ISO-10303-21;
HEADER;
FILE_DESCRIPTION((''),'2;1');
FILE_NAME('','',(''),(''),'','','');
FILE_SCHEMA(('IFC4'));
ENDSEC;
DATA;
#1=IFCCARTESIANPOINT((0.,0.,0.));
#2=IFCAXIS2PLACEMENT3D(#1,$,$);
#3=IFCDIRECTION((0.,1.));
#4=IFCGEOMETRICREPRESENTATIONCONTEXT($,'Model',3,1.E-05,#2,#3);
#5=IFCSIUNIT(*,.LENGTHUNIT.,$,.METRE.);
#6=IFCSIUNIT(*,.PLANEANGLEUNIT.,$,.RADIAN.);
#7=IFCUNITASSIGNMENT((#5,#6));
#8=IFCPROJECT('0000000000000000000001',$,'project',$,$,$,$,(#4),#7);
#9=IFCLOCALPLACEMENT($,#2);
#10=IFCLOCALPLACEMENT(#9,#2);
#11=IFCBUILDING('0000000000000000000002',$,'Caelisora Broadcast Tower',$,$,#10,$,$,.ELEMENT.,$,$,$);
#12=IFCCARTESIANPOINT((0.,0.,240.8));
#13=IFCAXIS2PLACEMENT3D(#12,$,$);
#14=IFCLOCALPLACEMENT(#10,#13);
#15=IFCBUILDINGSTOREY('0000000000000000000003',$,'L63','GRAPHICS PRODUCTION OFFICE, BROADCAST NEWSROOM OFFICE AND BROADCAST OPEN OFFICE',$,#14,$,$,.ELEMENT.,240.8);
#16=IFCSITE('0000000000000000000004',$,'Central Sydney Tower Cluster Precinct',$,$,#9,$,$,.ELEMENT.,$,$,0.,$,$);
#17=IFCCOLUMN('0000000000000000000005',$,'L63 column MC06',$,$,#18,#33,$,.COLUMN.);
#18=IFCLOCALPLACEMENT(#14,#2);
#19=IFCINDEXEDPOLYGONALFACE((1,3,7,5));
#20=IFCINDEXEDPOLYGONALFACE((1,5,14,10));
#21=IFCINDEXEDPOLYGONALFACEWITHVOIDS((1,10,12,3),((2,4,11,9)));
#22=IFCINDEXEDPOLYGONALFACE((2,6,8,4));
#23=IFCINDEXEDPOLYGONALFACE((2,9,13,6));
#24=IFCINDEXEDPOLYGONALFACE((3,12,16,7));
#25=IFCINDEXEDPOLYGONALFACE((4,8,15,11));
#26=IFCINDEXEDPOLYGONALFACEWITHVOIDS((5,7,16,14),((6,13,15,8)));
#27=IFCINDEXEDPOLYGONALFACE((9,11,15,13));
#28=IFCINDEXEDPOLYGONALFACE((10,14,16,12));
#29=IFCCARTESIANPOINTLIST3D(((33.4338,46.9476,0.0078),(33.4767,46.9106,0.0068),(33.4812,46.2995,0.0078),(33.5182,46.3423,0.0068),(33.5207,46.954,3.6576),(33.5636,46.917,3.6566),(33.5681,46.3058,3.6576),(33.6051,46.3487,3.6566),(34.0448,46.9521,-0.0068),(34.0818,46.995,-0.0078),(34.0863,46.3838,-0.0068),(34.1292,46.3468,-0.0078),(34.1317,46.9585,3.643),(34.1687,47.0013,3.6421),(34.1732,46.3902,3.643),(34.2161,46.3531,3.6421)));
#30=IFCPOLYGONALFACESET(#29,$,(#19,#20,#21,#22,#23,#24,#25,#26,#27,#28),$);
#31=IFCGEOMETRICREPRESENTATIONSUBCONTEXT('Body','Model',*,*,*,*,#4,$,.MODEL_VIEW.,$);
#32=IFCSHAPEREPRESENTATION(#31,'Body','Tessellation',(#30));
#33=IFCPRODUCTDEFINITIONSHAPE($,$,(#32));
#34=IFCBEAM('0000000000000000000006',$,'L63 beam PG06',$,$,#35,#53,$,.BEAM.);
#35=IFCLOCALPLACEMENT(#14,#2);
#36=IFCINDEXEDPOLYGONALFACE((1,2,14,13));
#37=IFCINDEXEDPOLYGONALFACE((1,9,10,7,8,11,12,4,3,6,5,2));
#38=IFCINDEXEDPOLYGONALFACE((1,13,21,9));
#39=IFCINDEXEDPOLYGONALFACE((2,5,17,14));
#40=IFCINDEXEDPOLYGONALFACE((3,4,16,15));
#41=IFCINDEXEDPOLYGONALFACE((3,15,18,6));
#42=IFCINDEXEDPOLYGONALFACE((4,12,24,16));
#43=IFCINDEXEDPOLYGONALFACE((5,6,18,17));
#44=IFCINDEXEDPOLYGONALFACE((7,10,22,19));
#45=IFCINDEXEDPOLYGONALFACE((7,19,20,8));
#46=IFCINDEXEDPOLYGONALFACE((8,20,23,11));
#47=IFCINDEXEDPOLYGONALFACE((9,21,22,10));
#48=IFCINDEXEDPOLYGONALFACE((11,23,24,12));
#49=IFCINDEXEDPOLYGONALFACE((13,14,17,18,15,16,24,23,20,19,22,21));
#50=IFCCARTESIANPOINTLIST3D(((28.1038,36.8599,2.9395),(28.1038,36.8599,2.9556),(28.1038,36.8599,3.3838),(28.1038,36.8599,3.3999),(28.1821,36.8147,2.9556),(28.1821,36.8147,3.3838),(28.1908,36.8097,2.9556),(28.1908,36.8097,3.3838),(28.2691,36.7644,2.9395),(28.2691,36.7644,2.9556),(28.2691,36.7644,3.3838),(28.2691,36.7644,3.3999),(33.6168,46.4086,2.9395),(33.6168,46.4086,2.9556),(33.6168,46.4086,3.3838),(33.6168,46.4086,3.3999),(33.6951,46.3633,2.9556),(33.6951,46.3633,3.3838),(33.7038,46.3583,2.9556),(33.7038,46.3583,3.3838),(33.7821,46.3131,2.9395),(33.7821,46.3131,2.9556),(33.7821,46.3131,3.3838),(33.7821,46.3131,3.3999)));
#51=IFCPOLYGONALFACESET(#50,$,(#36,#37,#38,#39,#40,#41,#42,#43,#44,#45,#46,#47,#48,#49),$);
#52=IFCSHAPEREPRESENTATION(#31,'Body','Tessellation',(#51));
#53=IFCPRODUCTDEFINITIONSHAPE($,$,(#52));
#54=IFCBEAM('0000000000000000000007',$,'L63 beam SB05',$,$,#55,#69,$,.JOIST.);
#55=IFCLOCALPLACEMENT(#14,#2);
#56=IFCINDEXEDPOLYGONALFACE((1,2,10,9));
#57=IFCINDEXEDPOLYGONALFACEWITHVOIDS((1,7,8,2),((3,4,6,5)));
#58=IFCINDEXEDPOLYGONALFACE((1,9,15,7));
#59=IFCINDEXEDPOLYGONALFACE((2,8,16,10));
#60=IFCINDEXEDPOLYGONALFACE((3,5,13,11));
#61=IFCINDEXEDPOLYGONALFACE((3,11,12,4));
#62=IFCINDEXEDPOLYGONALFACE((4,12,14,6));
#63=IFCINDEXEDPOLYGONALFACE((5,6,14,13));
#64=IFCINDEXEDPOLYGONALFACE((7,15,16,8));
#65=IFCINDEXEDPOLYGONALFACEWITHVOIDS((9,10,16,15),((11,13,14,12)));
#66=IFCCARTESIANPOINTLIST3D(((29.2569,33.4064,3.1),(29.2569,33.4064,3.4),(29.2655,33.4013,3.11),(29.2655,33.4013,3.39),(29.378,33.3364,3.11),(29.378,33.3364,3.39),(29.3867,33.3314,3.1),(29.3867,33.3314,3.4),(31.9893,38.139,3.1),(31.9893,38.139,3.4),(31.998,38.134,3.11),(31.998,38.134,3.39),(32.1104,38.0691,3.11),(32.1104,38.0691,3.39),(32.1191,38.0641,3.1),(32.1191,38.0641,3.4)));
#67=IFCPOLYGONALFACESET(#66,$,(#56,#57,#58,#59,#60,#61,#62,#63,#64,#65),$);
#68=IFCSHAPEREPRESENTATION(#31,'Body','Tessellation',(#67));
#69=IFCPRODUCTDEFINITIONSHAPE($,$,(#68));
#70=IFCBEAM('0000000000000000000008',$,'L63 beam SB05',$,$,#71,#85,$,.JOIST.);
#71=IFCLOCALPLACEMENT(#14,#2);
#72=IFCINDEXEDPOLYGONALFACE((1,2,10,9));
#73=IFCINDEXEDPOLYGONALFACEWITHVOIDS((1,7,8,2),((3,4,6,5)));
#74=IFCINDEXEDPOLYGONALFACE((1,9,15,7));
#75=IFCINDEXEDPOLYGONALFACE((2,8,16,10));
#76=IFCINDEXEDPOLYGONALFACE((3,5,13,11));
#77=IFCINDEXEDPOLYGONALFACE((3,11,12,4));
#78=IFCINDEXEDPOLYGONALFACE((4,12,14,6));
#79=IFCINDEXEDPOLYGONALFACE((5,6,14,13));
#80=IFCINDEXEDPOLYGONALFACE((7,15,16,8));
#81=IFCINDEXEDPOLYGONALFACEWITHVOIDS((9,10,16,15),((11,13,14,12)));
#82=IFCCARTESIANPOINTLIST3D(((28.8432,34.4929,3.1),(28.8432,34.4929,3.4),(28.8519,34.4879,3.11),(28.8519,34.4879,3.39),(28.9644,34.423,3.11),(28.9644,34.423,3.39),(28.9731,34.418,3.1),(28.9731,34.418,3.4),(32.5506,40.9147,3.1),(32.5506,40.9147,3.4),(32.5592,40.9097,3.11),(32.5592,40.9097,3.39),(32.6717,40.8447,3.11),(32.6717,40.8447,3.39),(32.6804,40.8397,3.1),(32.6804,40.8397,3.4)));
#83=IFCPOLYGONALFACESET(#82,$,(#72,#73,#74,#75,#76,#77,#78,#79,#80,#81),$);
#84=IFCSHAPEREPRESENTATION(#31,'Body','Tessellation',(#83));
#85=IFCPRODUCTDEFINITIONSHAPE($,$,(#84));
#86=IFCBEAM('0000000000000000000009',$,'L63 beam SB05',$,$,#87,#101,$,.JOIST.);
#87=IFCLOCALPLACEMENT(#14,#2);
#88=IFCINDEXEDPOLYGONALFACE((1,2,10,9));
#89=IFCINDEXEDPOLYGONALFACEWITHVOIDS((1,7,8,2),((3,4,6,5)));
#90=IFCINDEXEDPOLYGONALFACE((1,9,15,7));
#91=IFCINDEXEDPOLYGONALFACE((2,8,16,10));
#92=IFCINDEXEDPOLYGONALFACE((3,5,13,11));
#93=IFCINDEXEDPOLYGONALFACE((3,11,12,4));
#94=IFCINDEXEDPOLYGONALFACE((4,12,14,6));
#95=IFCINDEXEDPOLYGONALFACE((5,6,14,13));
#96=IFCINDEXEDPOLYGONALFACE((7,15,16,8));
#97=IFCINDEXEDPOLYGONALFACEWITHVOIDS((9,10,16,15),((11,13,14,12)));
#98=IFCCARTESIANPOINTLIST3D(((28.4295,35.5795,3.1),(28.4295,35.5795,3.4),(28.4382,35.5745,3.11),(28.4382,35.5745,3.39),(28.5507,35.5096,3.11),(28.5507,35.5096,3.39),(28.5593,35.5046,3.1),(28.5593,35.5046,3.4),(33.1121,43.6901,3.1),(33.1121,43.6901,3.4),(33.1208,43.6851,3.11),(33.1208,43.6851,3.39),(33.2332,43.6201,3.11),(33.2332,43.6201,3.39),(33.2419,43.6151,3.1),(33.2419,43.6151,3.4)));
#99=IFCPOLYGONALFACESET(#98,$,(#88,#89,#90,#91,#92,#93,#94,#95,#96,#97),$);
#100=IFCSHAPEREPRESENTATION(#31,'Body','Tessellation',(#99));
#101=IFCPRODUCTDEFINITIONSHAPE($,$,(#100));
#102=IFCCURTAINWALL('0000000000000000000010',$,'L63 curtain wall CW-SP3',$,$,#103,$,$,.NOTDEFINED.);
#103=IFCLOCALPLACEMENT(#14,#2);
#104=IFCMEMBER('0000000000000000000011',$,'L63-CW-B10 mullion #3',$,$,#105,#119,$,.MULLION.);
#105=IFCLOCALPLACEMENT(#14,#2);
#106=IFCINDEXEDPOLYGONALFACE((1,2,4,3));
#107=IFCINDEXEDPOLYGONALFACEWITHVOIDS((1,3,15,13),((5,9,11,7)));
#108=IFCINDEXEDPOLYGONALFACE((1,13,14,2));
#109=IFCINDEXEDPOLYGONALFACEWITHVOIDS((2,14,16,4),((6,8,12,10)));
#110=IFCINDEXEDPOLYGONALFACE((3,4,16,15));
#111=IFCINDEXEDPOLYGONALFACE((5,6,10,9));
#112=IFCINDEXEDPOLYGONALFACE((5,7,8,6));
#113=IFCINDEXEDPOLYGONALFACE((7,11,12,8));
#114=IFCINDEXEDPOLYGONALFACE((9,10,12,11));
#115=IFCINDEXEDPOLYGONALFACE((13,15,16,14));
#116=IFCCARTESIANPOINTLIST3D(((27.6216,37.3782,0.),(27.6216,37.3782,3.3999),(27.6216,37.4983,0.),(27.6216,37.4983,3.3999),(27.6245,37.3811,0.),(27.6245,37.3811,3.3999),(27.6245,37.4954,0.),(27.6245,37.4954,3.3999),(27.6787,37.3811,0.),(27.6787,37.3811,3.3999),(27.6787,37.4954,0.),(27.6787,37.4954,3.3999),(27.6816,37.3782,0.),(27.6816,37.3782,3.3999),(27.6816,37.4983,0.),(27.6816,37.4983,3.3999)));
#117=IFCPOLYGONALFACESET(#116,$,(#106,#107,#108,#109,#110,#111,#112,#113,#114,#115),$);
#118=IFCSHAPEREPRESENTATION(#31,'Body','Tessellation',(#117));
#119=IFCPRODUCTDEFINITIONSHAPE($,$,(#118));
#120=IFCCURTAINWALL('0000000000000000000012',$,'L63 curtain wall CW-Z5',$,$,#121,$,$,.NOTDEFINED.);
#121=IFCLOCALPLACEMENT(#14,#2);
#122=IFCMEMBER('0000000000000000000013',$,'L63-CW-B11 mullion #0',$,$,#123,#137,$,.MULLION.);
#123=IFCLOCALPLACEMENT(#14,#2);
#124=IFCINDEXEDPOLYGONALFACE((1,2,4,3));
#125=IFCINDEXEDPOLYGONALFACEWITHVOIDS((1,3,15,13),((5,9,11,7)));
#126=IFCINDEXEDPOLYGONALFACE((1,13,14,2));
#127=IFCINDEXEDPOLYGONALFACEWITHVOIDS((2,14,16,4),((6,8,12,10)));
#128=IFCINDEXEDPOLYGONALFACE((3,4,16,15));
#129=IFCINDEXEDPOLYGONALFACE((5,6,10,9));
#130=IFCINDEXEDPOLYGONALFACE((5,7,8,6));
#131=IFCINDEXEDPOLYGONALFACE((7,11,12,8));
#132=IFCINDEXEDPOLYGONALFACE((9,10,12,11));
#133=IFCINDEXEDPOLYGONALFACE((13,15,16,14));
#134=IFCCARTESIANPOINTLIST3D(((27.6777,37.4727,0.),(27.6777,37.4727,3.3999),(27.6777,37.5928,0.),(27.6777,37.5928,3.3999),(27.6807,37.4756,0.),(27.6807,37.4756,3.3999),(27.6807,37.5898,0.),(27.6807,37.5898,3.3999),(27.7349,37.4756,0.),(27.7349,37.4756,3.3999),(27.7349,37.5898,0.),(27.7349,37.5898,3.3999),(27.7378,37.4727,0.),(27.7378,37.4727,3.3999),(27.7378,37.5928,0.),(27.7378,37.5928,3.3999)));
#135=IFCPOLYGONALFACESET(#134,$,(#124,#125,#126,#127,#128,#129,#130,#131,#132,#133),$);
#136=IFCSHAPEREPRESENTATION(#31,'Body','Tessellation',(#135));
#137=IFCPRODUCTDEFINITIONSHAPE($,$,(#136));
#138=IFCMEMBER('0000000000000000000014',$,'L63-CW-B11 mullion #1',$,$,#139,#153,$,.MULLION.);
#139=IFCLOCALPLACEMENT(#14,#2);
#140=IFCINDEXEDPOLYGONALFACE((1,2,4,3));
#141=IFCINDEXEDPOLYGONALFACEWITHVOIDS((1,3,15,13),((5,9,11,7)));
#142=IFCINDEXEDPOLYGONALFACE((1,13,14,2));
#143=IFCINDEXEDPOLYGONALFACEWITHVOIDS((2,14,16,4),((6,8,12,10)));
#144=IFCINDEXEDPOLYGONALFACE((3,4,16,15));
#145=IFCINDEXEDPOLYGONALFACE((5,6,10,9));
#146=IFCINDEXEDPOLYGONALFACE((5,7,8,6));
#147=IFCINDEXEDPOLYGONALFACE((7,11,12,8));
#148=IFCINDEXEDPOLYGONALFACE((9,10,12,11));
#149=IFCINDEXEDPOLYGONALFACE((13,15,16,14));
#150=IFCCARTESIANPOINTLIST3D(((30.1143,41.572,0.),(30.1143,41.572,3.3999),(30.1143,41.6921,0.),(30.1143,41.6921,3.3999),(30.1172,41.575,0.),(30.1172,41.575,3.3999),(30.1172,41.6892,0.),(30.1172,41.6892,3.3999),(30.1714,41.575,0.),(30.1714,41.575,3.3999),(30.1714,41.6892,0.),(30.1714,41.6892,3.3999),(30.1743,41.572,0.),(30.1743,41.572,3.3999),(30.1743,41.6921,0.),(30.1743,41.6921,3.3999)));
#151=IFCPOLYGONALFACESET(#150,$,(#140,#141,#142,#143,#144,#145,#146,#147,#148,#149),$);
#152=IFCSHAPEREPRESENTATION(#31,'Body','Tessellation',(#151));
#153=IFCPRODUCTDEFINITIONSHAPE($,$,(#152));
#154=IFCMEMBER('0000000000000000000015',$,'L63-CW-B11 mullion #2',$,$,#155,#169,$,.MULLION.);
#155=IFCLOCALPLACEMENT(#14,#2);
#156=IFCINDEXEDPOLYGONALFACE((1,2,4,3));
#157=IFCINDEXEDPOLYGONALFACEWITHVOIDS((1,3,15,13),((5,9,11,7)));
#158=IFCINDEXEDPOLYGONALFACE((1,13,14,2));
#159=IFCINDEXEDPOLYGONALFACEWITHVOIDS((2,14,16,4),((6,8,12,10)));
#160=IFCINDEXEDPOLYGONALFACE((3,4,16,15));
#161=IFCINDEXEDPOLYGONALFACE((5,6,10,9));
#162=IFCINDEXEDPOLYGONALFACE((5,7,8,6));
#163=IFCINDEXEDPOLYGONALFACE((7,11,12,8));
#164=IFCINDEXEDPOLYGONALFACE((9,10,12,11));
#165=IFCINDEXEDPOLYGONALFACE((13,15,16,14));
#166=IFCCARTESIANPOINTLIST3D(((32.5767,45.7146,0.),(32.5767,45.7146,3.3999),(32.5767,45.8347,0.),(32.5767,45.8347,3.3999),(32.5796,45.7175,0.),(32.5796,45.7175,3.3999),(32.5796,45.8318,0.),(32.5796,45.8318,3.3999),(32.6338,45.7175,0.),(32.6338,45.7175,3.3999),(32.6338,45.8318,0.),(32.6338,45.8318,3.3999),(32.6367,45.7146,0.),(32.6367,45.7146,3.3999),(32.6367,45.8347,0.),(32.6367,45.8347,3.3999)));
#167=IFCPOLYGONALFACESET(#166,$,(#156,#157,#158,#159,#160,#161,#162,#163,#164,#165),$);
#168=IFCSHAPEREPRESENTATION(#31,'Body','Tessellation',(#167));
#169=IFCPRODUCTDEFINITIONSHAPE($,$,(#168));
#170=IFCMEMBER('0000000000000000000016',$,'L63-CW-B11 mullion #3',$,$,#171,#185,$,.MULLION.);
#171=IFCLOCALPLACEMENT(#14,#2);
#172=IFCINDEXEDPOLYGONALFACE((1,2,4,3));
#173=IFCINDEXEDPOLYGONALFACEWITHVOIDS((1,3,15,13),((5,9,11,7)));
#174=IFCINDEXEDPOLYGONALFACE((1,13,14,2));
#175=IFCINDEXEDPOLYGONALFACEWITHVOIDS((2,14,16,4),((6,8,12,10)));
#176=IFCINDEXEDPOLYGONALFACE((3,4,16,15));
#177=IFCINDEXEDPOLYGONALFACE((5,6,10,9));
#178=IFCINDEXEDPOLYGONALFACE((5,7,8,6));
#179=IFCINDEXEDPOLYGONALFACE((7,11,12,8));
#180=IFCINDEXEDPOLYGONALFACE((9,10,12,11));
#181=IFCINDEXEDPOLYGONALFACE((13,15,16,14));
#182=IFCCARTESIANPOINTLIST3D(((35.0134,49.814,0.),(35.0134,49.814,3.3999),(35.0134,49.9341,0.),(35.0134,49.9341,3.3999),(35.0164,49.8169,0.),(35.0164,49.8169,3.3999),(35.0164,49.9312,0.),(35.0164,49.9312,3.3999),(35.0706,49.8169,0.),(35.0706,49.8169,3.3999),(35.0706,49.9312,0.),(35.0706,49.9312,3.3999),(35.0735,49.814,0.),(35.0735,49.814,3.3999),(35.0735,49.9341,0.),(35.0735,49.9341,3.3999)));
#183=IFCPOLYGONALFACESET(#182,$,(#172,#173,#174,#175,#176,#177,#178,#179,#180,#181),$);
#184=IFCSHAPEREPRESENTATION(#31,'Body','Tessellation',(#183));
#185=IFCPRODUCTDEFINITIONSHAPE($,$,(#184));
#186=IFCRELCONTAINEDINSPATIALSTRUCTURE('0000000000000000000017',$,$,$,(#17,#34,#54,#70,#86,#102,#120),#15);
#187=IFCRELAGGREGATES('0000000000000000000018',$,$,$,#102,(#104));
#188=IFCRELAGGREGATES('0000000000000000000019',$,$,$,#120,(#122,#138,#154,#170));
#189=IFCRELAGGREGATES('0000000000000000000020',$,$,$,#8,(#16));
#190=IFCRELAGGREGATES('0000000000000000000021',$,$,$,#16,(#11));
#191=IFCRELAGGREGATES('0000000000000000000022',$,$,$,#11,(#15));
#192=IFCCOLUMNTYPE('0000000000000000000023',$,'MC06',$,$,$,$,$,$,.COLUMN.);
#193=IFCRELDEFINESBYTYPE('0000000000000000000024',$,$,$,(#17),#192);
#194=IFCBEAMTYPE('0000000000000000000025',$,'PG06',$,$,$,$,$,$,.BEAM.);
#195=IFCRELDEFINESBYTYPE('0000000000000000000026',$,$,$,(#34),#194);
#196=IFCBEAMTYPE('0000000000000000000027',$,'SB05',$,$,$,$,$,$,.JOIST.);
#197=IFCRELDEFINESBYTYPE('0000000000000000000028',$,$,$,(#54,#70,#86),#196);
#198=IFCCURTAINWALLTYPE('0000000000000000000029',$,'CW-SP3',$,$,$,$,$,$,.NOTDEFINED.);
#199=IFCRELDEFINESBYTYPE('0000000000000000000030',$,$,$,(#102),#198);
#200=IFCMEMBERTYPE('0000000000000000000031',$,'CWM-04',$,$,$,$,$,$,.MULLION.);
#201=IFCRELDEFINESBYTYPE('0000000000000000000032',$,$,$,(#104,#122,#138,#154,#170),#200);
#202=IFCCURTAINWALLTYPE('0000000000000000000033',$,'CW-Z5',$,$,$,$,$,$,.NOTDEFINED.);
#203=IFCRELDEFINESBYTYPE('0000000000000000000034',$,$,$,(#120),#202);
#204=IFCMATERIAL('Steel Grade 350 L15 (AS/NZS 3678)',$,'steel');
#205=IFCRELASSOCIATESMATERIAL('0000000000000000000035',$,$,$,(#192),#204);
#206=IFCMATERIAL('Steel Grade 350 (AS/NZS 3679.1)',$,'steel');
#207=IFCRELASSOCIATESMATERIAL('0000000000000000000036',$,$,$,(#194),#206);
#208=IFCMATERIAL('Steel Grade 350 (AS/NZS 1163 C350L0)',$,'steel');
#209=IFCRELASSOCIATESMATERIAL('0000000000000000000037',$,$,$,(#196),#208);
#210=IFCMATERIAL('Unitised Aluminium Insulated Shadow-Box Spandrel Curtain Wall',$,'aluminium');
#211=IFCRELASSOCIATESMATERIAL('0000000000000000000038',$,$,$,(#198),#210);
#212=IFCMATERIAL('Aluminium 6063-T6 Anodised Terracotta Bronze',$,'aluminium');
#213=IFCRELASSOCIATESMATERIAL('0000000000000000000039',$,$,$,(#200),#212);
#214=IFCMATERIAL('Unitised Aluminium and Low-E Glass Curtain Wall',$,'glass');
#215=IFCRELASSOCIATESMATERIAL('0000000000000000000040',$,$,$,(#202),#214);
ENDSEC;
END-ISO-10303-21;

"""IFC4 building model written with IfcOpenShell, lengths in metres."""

from ifc_helpers import new_model, si_unit, direction, frame, origin, origin_2d, place, context, subcontext, project, spatial, hollow_rectangle, i_section, extrude, source, transform, mapped, material, material_profile, profile_set, type_object, type_shapes, element, aggregate, save


model = new_model("IFC4")

# Units and contexts
model_context = context("Model", 3, precision=1e-05, world=origin(), true_north=direction((0.0, 1.0)))
body_context = subcontext(model_context, "Body", "Model", "MODEL_VIEW")
ifc_project = project(units=[si_unit("LENGTHUNIT", "METRE"), si_unit("PLANEANGLEUNIT", "RADIAN")], contexts=[model_context])

# Site, building, storey
site_placement = place(None, origin())
site = spatial("IfcSite", under=ifc_project, at=site_placement, Name="Central Sydney Tower Cluster Precinct", CompositionType="ELEMENT", RefElevation=0.0)
building_placement = place(site_placement, origin())
building = spatial("IfcBuilding", under=site, at=building_placement, Name="Caelisora Broadcast Tower", CompositionType="ELEMENT")
storey_placement = place(building_placement, frame((0.0, 0.0, 240.8)))
storey = spatial("IfcBuildingStorey", under=building, at=storey_placement, Name="L63", Description="GRAPHICS PRODUCTION OFFICE, BROADCAST NEWSROOM OFFICE AND BROADCAST OPEN OFFICE", CompositionType="ELEMENT", Elevation=240.8)

# Column
ifc_material_1 = material(Name="Steel Grade 350 L15 (AS/NZS 3678)", Category="steel")
ifc_material_profile_1 = material_profile(ifc_material_1, hollow_rectangle(XDim=0.6499, YDim=0.6499, WallThickness=0.04, at=origin_2d()), Name="Steel Grade 350 L15 (AS/NZS 3678)")
ifc_profile_set_1 = profile_set([ifc_material_profile_1], Name="Steel Grade 350 L15 (AS/NZS 3678)")
column_type = type_object("IfcColumnType", Name="MC06", PredefinedType="COLUMN", material=ifc_profile_set_1)
shared_shape_1 = source(origin(), body_context, "Body", "SweptSolid", [
    extrude(hollow_rectangle(XDim=0.6499, YDim=0.6499, WallThickness=0.04, at=origin_2d()), origin(), (0.0, 0.0, 1.0), 3.6509),
])
type_shapes(column_type, [shared_shape_1])
column_placement = place(storey_placement, frame((33.7815, 46.6472, 0.0), z_axis=(0.023806, 0.001739, 0.999715), x_axis=(-0.07284, 0.997344, 0.0)))
element("IfcColumn", 1, at=column_placement, inside=storey, type_object=column_type, Name="L63 column MC06", PredefinedType="COLUMN", context=body_context, shape_type="MappedRepresentation", body=[
    mapped(shared_shape_1, transform((0.0, 0.0, 0.0), scale=1.0)),
])

# Beams
ifc_material_2 = material(Name="Steel Grade 350 (AS/NZS 3679.1)", Category="steel")
ifc_material_profile_2 = material_profile(ifc_material_2, i_section(OverallWidth=0.1909, OverallDepth=0.4604, WebThickness=0.01, FlangeThickness=0.0161, at=origin_2d()), Name="Steel Grade 350 (AS/NZS 3679.1)")
ifc_profile_set_2 = profile_set([ifc_material_profile_2], Name="Steel Grade 350 (AS/NZS 3679.1)")
beam_type_1 = type_object("IfcBeamType", Name="PG06", PredefinedType="BEAM", material=ifc_profile_set_2)
shared_shape_2 = source(origin(), body_context, "Body", "SweptSolid", [
    extrude(i_section(OverallWidth=0.1909, OverallDepth=0.4604, WebThickness=0.01, FlangeThickness=0.0161, at=origin_2d()), origin(), (0.0, 0.0, 1.0), 11.0259),
])
type_shapes(beam_type_1, [shared_shape_2])
beam_1_placement = place(storey_placement, frame((33.6995, 46.3608, 3.1697), z_axis=(-0.500004, -0.866023, 0.0), x_axis=(0.866023, -0.500004, 0.0)))
element("IfcBeam", 2, at=beam_1_placement, inside=storey, type_object=beam_type_1, Name="L63 beam PG06", PredefinedType="BEAM", context=body_context, shape_type="MappedRepresentation", body=[
    mapped(shared_shape_2, transform((0.0, 0.0, 0.0), scale=1.0)),
])
ifc_material_3 = material(Name="Steel Grade 350 (AS/NZS 1163 C350L0)", Category="steel")
ifc_material_profile_3 = material_profile(ifc_material_3, hollow_rectangle(XDim=0.1499, YDim=0.3, WallThickness=0.01, at=origin_2d()), Name="Steel Grade 350 (AS/NZS 1163 C350L0)")
ifc_profile_set_3 = profile_set([ifc_material_profile_3], Name="Steel Grade 350 (AS/NZS 1163 C350L0)")
beam_type_2 = type_object("IfcBeamType", Name="SB05", PredefinedType="JOIST", material=ifc_profile_set_3)
shared_shape_3 = source(origin(), body_context, "Body", "SweptSolid", [
    extrude(hollow_rectangle(XDim=0.1499, YDim=0.3, WallThickness=0.01, at=origin_2d()), origin(), (0.0, 0.0, 1.0), 5.4648),
])
beam_2_placement = place(storey_placement, frame((32.0542, 38.1016, 3.25), z_axis=(-0.500002, -0.866024, 0.0), x_axis=(0.866024, -0.500002, 0.0)))
element("IfcBeam", 3, at=beam_2_placement, inside=storey, type_object=beam_type_2, Name="L63 beam SB05", PredefinedType="JOIST", context=body_context, shape_type="MappedRepresentation", body=[
    mapped(shared_shape_3, transform((0.0, 0.0, 0.0), scale=1.0)),
])
shared_shape_4 = source(origin(), body_context, "Body", "SweptSolid", [
    extrude(hollow_rectangle(XDim=0.1499, YDim=0.3, WallThickness=0.01, at=origin_2d()), origin(), (0.0, 0.0, 1.0), 7.415),
])
beam_3_placement = place(storey_placement, frame((32.6155, 40.8772, 3.25), z_axis=(-0.499974, -0.86604, 0.0), x_axis=(0.86604, -0.499974, 0.0)))
element("IfcBeam", 4, at=beam_3_placement, inside=storey, type_object=beam_type_2, Name="L63 beam SB05", PredefinedType="JOIST", context=body_context, shape_type="MappedRepresentation", body=[
    mapped(shared_shape_4, transform((0.0, 0.0, 0.0), scale=1.0)),
])
shared_shape_5 = source(origin(), body_context, "Body", "SweptSolid", [
    extrude(hollow_rectangle(XDim=0.1499, YDim=0.3, WallThickness=0.01, at=origin_2d()), origin(), (0.0, 0.0, 1.0), 9.3652),
])
type_shapes(beam_type_2, [shared_shape_3, shared_shape_4, shared_shape_5])
beam_4_placement = place(storey_placement, frame((33.177, 43.6526, 3.25), z_axis=(-0.499997, -0.866027, 0.0), x_axis=(0.866027, -0.499997, 0.0)))
element("IfcBeam", 5, at=beam_4_placement, inside=storey, type_object=beam_type_2, Name="L63 beam SB05", PredefinedType="JOIST", context=body_context, shape_type="MappedRepresentation", body=[
    mapped(shared_shape_5, transform((0.0, 0.0, 0.0), scale=1.0)),
])

# Curtain wall, member
ifc_material_4 = material(Name="Unitised Aluminium Insulated Shadow-Box Spandrel Curtain Wall", Category="aluminium")
curtain_wall_type_1 = type_object("IfcCurtainWallType", Name="CW-SP3", PredefinedType="NOTDEFINED", material=ifc_material_4)
curtain_wall_1_placement = place(storey_placement, origin())
curtain_wall_1 = element("IfcCurtainWall", 6, at=curtain_wall_1_placement, inside=storey, type_object=curtain_wall_type_1, Name="L63 curtain wall CW-SP3", PredefinedType="NOTDEFINED")
ifc_material_5 = material(Name="Aluminium 6063-T6 Anodised Terracotta Bronze", Category="aluminium")
ifc_material_profile_4 = material_profile(ifc_material_5, hollow_rectangle(XDim=0.0601, YDim=0.1201, WallThickness=0.0029, at=origin_2d()), Name="Aluminium 6063-T6 Anodised Terracotta Bronze")
ifc_profile_set_4 = profile_set([ifc_material_profile_4], Name="Aluminium 6063-T6 Anodised Terracotta Bronze")
member_type_1 = type_object("IfcMemberType", Name="CWM-04", PredefinedType="MULLION", material=ifc_profile_set_4)
shared_shape_6 = source(origin(), body_context, "Body", "SweptSolid", [
    extrude(hollow_rectangle(XDim=0.0601, YDim=0.1201, WallThickness=0.0029, at=origin_2d()), origin(), (0.0, 0.0, 1.0), 3.3999),
])
type_shapes(member_type_1, [shared_shape_6])
member_1_placement = place(storey_placement, frame((27.6516, 37.4382, 0.0), z_axis=(0.0, 0.0, 1.0), x_axis=(1.0, 0.0, 0.0)))
member_1 = element("IfcMember", 7, at=member_1_placement, type_object=member_type_1, Name="L63-CW-B10 mullion #3", PredefinedType="MULLION", context=body_context, shape_type="MappedRepresentation", body=[
    mapped(shared_shape_6, transform((0.0, 0.0, 0.0), scale=1.0)),
])
aggregate(curtain_wall_1, [member_1])

# Curtain wall, members
ifc_material_6 = material(Name="Unitised Aluminium and Low-E Glass Curtain Wall", Category="glass")
curtain_wall_type_2 = type_object("IfcCurtainWallType", Name="CW-Z5", PredefinedType="NOTDEFINED", material=ifc_material_6)
curtain_wall_2_placement = place(storey_placement, origin())
curtain_wall_2 = element("IfcCurtainWall", 8, at=curtain_wall_2_placement, inside=storey, type_object=curtain_wall_type_2, Name="L63 curtain wall CW-Z5", PredefinedType="NOTDEFINED")
member_2_placement = place(storey_placement, frame((27.7078, 37.5327, 0.0), z_axis=(0.0, 0.0, 1.0), x_axis=(1.0, 0.0, 0.0)))
member_2 = element("IfcMember", 9, at=member_2_placement, type_object=member_type_1, Name="L63-CW-B11 mullion #0", PredefinedType="MULLION", context=body_context, shape_type="MappedRepresentation", body=[
    mapped(shared_shape_6, transform((0.0, 0.0, 0.0), scale=1.0)),
])
member_3_placement = place(storey_placement, frame((30.1443, 41.6321, 0.0), z_axis=(0.0, 0.0, 1.0), x_axis=(1.0, 0.0, 0.0)))
member_3 = element("IfcMember", 10, at=member_3_placement, type_object=member_type_1, Name="L63-CW-B11 mullion #1", PredefinedType="MULLION", context=body_context, shape_type="MappedRepresentation", body=[
    mapped(shared_shape_6, transform((0.0, 0.0, 0.0), scale=1.0)),
])
member_4_placement = place(storey_placement, frame((32.6067, 45.7747, 0.0), z_axis=(0.0, 0.0, 1.0), x_axis=(1.0, 0.0, 0.0)))
member_4 = element("IfcMember", 11, at=member_4_placement, type_object=member_type_1, Name="L63-CW-B11 mullion #2", PredefinedType="MULLION", context=body_context, shape_type="MappedRepresentation", body=[
    mapped(shared_shape_6, transform((0.0, 0.0, 0.0), scale=1.0)),
])
member_5_placement = place(storey_placement, frame((35.0435, 49.874, 0.0), z_axis=(0.0, 0.0, 1.0), x_axis=(1.0, 0.0, 0.0)))
member_5 = element("IfcMember", 12, at=member_5_placement, type_object=member_type_1, Name="L63-CW-B11 mullion #3", PredefinedType="MULLION", context=body_context, shape_type="MappedRepresentation", body=[
    mapped(shared_shape_6, transform((0.0, 0.0, 0.0), scale=1.0)),
])

aggregate(curtain_wall_2, [member_2, member_3, member_4, member_5])

save(model, "model.ifc")
